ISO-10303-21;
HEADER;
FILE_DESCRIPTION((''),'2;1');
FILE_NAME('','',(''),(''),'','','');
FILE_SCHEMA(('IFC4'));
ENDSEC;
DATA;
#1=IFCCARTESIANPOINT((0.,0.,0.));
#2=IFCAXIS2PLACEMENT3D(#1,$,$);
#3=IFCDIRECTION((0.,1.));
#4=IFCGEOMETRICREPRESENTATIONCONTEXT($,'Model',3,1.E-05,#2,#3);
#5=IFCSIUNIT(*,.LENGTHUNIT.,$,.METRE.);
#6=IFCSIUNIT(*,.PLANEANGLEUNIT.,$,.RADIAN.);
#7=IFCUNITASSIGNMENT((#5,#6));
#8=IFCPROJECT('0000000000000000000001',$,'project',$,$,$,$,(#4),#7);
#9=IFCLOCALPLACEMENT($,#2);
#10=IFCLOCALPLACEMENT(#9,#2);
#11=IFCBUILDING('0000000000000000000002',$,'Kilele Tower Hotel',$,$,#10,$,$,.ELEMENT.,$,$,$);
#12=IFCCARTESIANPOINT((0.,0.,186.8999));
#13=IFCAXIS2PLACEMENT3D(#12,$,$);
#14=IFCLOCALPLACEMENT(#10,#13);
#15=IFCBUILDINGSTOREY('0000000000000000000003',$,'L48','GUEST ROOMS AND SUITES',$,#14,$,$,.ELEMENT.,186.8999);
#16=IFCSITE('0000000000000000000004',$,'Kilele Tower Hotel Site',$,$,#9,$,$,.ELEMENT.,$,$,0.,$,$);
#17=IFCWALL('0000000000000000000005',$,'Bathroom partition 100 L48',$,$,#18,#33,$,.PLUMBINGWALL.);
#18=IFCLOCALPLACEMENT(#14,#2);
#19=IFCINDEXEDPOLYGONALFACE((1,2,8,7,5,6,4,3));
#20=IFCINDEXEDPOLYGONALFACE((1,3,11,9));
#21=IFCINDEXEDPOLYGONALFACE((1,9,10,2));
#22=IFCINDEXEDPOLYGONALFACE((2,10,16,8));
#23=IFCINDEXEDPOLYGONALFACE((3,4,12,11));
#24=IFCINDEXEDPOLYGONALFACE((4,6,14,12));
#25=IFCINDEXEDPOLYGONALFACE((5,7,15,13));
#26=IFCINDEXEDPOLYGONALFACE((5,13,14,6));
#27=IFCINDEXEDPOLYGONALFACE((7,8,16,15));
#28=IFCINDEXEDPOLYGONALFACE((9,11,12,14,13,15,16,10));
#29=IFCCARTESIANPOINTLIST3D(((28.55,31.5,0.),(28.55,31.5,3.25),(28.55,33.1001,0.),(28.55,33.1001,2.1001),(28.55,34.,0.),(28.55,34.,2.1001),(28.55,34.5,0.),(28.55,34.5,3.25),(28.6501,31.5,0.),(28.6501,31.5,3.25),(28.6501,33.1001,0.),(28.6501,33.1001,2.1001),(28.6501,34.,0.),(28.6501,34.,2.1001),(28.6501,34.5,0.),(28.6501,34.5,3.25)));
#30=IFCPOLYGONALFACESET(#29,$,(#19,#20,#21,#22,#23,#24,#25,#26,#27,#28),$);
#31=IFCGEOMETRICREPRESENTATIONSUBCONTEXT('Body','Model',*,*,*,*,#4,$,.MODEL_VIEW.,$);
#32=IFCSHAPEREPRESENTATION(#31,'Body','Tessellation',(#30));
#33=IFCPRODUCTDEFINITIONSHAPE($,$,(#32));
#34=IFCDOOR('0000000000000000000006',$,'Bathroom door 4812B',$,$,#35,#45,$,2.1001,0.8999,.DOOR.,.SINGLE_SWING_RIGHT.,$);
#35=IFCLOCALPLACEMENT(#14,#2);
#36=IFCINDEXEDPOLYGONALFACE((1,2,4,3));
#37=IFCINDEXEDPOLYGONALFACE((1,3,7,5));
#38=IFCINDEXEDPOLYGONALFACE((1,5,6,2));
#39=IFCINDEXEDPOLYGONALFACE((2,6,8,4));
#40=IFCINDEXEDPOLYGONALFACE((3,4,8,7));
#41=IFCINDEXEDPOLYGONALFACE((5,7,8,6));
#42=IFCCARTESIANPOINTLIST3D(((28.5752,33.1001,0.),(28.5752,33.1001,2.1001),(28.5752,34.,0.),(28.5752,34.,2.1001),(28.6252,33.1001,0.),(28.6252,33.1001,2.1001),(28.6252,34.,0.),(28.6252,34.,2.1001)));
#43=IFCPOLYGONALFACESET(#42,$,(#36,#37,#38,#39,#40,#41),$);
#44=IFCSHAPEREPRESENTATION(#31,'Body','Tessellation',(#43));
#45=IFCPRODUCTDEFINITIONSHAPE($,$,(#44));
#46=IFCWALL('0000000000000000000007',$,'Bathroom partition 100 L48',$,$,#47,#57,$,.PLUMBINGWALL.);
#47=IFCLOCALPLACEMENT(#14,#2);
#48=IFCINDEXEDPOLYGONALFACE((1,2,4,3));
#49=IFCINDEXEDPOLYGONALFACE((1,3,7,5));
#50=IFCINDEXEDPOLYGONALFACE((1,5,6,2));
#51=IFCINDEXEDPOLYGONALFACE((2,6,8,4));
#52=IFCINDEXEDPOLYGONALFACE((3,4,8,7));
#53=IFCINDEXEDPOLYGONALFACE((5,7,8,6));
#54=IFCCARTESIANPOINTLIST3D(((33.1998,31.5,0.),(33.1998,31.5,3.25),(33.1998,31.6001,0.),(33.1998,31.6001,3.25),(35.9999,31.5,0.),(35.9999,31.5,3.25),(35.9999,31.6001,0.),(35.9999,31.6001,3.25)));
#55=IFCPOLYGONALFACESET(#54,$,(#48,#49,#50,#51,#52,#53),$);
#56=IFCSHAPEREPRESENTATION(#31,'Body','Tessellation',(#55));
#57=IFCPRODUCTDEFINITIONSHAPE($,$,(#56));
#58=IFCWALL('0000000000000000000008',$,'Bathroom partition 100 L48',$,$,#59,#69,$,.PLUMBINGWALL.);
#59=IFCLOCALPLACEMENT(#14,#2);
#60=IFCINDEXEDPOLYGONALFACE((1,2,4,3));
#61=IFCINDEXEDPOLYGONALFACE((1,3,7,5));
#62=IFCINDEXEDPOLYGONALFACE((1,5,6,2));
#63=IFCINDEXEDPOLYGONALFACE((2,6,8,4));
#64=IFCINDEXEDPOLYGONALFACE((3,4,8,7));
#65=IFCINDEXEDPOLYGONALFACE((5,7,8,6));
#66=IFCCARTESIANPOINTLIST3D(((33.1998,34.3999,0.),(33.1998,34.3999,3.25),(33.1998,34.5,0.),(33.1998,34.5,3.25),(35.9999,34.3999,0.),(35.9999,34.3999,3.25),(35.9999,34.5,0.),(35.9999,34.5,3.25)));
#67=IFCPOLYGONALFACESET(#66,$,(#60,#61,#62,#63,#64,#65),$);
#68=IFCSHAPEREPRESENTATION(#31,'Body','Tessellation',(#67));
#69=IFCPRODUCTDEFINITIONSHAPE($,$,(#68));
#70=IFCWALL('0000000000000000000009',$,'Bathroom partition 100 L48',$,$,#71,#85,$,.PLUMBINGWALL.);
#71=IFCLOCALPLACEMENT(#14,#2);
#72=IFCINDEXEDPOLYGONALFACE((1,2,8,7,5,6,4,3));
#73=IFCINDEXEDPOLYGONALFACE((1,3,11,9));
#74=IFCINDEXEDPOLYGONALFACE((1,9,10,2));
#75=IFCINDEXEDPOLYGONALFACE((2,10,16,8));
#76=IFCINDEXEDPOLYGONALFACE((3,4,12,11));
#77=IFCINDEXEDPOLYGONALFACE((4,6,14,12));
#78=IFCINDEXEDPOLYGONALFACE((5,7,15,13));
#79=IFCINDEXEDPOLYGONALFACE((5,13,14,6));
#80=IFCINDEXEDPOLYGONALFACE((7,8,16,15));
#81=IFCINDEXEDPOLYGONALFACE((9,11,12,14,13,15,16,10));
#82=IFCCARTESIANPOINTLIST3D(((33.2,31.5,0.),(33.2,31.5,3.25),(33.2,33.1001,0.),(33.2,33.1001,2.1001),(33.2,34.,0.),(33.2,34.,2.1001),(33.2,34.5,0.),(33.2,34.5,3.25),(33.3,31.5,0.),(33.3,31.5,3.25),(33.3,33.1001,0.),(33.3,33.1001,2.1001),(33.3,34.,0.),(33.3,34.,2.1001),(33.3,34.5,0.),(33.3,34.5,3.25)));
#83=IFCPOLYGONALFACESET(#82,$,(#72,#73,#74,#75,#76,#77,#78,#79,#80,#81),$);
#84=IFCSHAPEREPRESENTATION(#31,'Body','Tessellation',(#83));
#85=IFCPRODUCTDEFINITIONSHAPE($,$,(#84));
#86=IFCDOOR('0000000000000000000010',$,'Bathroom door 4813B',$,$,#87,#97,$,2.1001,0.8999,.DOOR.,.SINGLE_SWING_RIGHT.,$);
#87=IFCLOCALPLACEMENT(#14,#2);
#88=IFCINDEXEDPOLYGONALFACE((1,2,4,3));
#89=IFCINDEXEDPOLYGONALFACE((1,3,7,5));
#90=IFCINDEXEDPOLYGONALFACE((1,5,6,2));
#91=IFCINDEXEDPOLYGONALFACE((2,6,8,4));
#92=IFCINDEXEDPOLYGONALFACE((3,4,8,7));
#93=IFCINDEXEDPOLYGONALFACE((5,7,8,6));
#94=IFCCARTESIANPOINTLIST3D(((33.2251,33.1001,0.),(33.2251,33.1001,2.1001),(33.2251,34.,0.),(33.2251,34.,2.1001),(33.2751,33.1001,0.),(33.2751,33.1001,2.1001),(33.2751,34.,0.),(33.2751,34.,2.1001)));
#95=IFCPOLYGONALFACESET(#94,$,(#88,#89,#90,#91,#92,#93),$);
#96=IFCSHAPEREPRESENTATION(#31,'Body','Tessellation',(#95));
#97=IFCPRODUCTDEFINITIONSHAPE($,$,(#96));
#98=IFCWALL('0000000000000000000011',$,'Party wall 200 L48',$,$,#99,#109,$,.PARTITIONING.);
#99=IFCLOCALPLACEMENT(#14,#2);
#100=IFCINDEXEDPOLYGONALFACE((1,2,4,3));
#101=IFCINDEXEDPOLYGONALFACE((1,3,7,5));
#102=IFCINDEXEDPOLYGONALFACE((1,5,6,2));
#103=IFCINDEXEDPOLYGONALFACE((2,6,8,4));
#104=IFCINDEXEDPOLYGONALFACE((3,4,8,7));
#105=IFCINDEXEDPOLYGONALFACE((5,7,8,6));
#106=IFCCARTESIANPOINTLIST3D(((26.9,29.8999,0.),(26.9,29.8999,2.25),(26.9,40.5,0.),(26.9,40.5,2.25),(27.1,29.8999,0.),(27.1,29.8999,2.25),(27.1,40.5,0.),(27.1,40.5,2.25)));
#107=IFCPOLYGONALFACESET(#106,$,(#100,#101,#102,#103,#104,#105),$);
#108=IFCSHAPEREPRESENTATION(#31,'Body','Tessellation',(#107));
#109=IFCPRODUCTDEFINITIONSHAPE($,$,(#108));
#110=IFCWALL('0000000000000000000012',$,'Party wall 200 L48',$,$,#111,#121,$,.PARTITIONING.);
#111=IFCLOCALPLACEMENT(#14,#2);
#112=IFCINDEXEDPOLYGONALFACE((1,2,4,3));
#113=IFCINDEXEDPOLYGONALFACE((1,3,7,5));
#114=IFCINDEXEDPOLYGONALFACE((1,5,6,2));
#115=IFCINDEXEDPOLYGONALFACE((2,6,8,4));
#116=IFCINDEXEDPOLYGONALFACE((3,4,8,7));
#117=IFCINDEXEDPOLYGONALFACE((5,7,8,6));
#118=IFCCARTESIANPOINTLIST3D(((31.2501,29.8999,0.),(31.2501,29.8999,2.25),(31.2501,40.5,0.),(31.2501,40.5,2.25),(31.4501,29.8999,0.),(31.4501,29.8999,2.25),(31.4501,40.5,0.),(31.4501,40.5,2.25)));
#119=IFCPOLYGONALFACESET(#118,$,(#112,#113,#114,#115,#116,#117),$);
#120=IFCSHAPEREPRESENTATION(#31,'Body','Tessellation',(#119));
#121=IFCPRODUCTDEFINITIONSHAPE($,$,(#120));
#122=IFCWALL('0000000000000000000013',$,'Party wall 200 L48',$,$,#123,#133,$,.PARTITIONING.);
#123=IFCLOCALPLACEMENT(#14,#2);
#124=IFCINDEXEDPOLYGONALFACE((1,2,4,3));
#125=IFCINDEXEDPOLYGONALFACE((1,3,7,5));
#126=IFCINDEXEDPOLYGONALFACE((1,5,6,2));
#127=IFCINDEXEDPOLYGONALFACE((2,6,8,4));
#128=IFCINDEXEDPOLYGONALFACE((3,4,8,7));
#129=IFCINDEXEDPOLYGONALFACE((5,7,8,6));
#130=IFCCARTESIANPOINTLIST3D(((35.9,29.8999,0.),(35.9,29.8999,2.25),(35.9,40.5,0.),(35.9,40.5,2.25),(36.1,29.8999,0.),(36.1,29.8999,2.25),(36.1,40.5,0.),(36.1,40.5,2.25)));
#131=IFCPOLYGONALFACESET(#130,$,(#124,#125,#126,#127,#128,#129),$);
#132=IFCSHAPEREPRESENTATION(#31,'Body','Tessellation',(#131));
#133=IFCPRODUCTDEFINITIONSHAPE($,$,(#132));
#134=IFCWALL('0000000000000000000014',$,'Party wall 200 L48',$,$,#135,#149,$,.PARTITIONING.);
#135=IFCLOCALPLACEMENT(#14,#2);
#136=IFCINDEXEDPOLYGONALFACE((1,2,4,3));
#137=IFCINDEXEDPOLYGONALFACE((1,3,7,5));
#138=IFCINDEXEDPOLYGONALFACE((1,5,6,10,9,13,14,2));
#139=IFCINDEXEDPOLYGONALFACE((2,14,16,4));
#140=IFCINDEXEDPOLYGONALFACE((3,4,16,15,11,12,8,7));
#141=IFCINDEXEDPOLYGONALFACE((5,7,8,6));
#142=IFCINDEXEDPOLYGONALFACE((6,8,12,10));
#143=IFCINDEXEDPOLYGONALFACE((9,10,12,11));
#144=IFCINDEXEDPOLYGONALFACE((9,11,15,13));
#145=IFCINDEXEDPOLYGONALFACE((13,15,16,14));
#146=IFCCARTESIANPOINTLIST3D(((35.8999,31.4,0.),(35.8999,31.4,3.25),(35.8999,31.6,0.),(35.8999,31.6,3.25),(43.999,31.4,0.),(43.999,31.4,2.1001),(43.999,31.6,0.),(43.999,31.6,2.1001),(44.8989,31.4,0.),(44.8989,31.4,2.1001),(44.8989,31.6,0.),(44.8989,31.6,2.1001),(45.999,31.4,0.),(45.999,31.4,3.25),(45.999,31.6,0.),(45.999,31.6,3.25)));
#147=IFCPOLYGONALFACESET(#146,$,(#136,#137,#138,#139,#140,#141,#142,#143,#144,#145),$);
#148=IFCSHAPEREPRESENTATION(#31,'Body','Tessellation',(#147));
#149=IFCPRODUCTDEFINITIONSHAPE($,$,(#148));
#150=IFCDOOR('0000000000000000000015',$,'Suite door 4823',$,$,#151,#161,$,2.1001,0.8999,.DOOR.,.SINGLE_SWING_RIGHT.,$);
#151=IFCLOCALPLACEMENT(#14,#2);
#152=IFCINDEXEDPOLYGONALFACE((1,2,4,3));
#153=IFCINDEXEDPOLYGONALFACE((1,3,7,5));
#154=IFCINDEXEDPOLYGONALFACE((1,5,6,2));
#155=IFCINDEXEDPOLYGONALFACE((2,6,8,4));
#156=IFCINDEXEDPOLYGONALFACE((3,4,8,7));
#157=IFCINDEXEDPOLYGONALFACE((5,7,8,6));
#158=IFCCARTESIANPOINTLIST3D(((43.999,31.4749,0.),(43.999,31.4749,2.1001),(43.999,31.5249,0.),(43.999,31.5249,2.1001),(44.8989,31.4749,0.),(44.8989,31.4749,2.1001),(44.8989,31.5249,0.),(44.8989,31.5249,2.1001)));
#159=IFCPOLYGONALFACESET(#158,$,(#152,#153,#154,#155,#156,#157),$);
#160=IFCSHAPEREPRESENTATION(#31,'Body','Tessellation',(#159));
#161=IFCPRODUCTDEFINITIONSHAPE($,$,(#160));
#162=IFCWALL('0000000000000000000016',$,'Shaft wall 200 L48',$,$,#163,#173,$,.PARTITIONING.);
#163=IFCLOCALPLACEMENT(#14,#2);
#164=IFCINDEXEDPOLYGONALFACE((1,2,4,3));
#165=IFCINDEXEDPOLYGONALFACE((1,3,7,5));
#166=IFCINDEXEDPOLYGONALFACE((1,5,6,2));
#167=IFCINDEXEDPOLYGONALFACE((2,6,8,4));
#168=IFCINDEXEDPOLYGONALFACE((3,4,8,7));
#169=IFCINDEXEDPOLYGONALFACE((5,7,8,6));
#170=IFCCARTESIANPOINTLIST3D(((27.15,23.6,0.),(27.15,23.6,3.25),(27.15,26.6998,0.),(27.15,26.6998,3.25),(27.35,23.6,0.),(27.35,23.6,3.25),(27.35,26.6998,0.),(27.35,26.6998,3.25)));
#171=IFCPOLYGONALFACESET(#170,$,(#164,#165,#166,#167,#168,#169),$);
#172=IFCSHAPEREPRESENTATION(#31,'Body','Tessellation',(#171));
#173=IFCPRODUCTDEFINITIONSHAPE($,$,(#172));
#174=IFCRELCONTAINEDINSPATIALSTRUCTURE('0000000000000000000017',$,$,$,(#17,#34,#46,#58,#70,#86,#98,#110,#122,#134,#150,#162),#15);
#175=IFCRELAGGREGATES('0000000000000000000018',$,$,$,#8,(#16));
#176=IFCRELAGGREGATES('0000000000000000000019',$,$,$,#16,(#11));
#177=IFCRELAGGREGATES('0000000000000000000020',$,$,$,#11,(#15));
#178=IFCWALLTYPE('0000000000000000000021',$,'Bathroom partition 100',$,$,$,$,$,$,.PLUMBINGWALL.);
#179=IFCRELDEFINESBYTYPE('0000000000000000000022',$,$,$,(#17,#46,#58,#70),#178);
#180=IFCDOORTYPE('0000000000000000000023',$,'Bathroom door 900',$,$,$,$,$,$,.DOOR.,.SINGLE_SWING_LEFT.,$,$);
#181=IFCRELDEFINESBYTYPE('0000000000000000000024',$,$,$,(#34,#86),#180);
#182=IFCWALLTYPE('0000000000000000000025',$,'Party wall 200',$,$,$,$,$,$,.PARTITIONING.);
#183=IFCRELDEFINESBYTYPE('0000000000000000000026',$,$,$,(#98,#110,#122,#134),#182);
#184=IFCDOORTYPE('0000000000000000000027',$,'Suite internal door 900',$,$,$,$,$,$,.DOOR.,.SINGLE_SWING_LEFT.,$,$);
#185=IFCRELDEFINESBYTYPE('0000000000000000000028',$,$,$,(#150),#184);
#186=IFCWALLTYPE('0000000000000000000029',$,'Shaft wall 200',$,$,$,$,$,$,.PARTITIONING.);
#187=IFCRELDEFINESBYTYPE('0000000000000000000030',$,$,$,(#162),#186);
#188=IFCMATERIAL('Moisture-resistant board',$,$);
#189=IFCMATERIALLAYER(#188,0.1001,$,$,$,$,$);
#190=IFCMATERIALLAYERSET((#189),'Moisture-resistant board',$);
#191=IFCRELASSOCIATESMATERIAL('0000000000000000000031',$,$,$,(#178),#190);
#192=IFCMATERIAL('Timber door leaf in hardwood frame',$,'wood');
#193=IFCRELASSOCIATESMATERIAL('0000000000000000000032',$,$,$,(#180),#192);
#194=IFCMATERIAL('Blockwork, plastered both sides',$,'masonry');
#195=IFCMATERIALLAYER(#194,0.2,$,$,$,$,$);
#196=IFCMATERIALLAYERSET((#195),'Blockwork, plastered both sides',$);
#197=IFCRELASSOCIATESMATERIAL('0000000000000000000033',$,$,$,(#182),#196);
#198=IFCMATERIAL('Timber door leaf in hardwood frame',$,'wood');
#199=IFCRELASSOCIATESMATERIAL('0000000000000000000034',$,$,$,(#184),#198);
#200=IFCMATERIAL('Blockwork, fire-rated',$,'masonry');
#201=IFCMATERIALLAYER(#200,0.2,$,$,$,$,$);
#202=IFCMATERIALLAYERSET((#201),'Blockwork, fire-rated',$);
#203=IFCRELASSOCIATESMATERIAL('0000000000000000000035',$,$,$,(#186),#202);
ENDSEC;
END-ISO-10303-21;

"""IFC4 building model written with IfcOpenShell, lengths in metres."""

from ifc_helpers import new_model, si_unit, direction, frame, frame_2d, origin, place, context, subcontext, project, spatial, rectangle, extrude, material, layer, layer_set, type_object, element, fill, save


model = new_model("IFC4")

# Units and contexts
model_context = context("Model", 3, precision=1e-05, world=origin(), true_north=direction((0.0, 1.0)))
body_context = subcontext(model_context, "Body", "Model", "MODEL_VIEW")
ifc_project = project(units=[si_unit("LENGTHUNIT", "METRE"), si_unit("PLANEANGLEUNIT", "RADIAN")], contexts=[model_context])

# Site, building, storey
site_placement = place(None, origin())
site = spatial("IfcSite", under=ifc_project, at=site_placement, Name="Kilele Tower Hotel Site", CompositionType="ELEMENT", RefElevation=0.0)
building_placement = place(site_placement, origin())
building = spatial("IfcBuilding", under=site, at=building_placement, Name="Kilele Tower Hotel", CompositionType="ELEMENT")
storey_placement = place(building_placement, frame((0.0, 0.0, 186.8999)))
storey = spatial("IfcBuildingStorey", under=building, at=storey_placement, Name="L48", Description="GUEST ROOMS AND SUITES", CompositionType="ELEMENT", Elevation=186.8999)

# Shared definitions
ifc_material_1 = material(Name="Moisture-resistant board")
ifc_layer_1 = layer(ifc_material_1, 0.1001)
ifc_layer_set_1 = layer_set([ifc_layer_1], Name="Moisture-resistant board")
wall_type_1 = type_object("IfcWallType", Name="Bathroom partition 100", PredefinedType="PLUMBINGWALL", material=ifc_layer_set_1)

# Shared definitions
ifc_material_2 = material(Name="Timber door leaf in hardwood frame", Category="wood")
door_type_1 = type_object("IfcDoorType", Name="Bathroom door 900", OperationType="SINGLE_SWING_LEFT", PredefinedType="DOOR", material=ifc_material_2)

# Wall, opening, door
wall_1_placement = place(storey_placement, frame((28.6001, 31.5, 0.0), z_axis=(0.0, 0.0, 1.0), x_axis=(0.0, 1.0, 0.0)))
wall_1 = element("IfcWall", 1, at=wall_1_placement, inside=storey, type_object=wall_type_1, Name="Bathroom partition 100 L48", PredefinedType="PLUMBINGWALL", context=body_context, shape_type="SweptSolid", body=[
    extrude(rectangle(XDim=3.0, YDim=0.1001, at=frame_2d((1.5, 0.0))), origin(), (0.0, 0.0, 1.0), 3.25),
])
opening_1_placement = place(wall_1_placement, frame((1.6001, 0.0, 0.0)))
opening_1 = element("IfcOpeningElement", 2, at=opening_1_placement, cuts=wall_1, PredefinedType="OPENING", context=body_context, shape_type="SweptSolid", body=[
    extrude(rectangle(XDim=0.8999, YDim=2.1001, at=frame_2d((0.45, 1.05))), frame((0.0, 0.0601, 0.0), z_axis=(0.0, -1.0, 0.0), x_axis=(1.0, 0.0, 0.0)), (0.0, 0.0, 1.0), 0.1201),
])
door_1_placement = place(opening_1_placement, origin())
door_1 = element("IfcDoor", 3, at=door_1_placement, inside=storey, type_object=door_type_1, Name="Bathroom door 4812B", OperationType="SINGLE_SWING_RIGHT", OverallHeight=2.1001, OverallWidth=0.8999, PredefinedType="DOOR", context=body_context, shape_type="SweptSolid", body=[
    extrude(rectangle(XDim=0.8999, YDim=2.1001, at=frame_2d((0.45, 1.05))), frame((0.0, 0.0249, 0.0), z_axis=(0.0, -1.0, 0.0), x_axis=(1.0, 0.0, 0.0)), (0.0, 0.0, 1.0), 0.05),
])
fill(opening_1, door_1)

# Walls
for number, where, z_axis, x_axis, name in (
    (4, (33.2, 31.55, 0.0), (0.0, 0.0, 1.0), (1.0, 0.0, 0.0), "Bathroom partition 100 L48"),
    (5, (33.2, 34.45, 0.0), (0.0, 0.0, 1.0), (1.0, 0.0, 0.0), "Bathroom partition 100 L48"),
):
    element("IfcWall", number, at=place(storey_placement, frame(where, z_axis=z_axis, x_axis=x_axis)), inside=storey, type_object=wall_type_1, Name=name, PredefinedType="PLUMBINGWALL", context=body_context, shape_type="SweptSolid", body=[
        extrude(rectangle(XDim=2.8, YDim=0.1001, at=frame_2d((1.3999, 0.0))), origin(), (0.0, 0.0, 1.0), 3.25),
    ])

# Wall, opening, door
wall_2_placement = place(storey_placement, frame((33.25, 31.5, 0.0), z_axis=(0.0, 0.0, 1.0), x_axis=(0.0, 1.0, 0.0)))
wall_2 = element("IfcWall", 6, at=wall_2_placement, inside=storey, type_object=wall_type_1, Name="Bathroom partition 100 L48", PredefinedType="PLUMBINGWALL", context=body_context, shape_type="SweptSolid", body=[
    extrude(rectangle(XDim=3.0, YDim=0.1001, at=frame_2d((1.5, 0.0))), origin(), (0.0, 0.0, 1.0), 3.25),
])
opening_2_placement = place(wall_2_placement, frame((1.6001, 0.0, 0.0)))
opening_2 = element("IfcOpeningElement", 7, at=opening_2_placement, cuts=wall_2, PredefinedType="OPENING", context=body_context, shape_type="SweptSolid", body=[
    extrude(rectangle(XDim=0.8999, YDim=2.1001, at=frame_2d((0.45, 1.05))), frame((0.0, 0.0601, 0.0), z_axis=(0.0, -1.0, 0.0), x_axis=(1.0, 0.0, 0.0)), (0.0, 0.0, 1.0), 0.1201),
])
door_2_placement = place(opening_2_placement, origin())
door_2 = element("IfcDoor", 8, at=door_2_placement, inside=storey, type_object=door_type_1, Name="Bathroom door 4813B", OperationType="SINGLE_SWING_RIGHT", OverallHeight=2.1001, OverallWidth=0.8999, PredefinedType="DOOR", context=body_context, shape_type="SweptSolid", body=[
    extrude(rectangle(XDim=0.8999, YDim=2.1001, at=frame_2d((0.45, 1.05))), frame((0.0, 0.0249, 0.0), z_axis=(0.0, -1.0, 0.0), x_axis=(1.0, 0.0, 0.0)), (0.0, 0.0, 1.0), 0.05),
])
fill(opening_2, door_2)

# Walls
ifc_material_3 = material(Name="Blockwork, plastered both sides", Category="masonry")
ifc_layer_2 = layer(ifc_material_3, 0.2)
ifc_layer_set_2 = layer_set([ifc_layer_2], Name="Blockwork, plastered both sides")
wall_type_2 = type_object("IfcWallType", Name="Party wall 200", PredefinedType="PARTITIONING", material=ifc_layer_set_2)
for number, where, z_axis, x_axis, name in (
    (9, (27.0, 29.8999, 0.0), (0.0, 0.0, 1.0), (0.0, 1.0, 0.0), "Party wall 200 L48"),
    (10, (31.3501, 29.8999, 0.0), (0.0, 0.0, 1.0), (0.0, 1.0, 0.0), "Party wall 200 L48"),
    (11, (36.0, 29.8999, 0.0), (0.0, 0.0, 1.0), (0.0, 1.0, 0.0), "Party wall 200 L48"),
):
    element("IfcWall", number, at=place(storey_placement, frame(where, z_axis=z_axis, x_axis=x_axis)), inside=storey, type_object=wall_type_2, Name=name, PredefinedType="PARTITIONING", context=body_context, shape_type="SweptSolid", body=[
        extrude(rectangle(XDim=10.6001, YDim=0.2, at=frame_2d((5.3, 0.0))), origin(), (0.0, 0.0, 1.0), 2.25),
    ])

# Wall, opening, door
wall_3_placement = place(storey_placement, frame((35.8999, 31.5, 0.0), z_axis=(0.0, 0.0, 1.0), x_axis=(1.0, 0.0, 0.0)))
wall_3 = element("IfcWall", 12, at=wall_3_placement, inside=storey, type_object=wall_type_2, Name="Party wall 200 L48", PredefinedType="PARTITIONING", context=body_context, shape_type="SweptSolid", body=[
    extrude(rectangle(XDim=10.0991, YDim=0.2, at=frame_2d((5.0496, 0.0))), origin(), (0.0, 0.0, 1.0), 3.25),
])
opening_3_placement = place(wall_3_placement, frame((8.0991, 0.0, 0.0)))
opening_3 = element("IfcOpeningElement", 13, at=opening_3_placement, cuts=wall_3, PredefinedType="OPENING", context=body_context, shape_type="SweptSolid", body=[
    extrude(rectangle(XDim=0.8999, YDim=2.1001, at=frame_2d((0.45, 1.05))), frame((0.0, 0.1099, 0.0), z_axis=(0.0, -1.0, 0.0), x_axis=(1.0, 0.0, 0.0)), (0.0, 0.0, 1.0), 0.22),
])
ifc_material_4 = material(Name="Timber door leaf in hardwood frame", Category="wood")
door_type_2 = type_object("IfcDoorType", Name="Suite internal door 900", OperationType="SINGLE_SWING_LEFT", PredefinedType="DOOR", material=ifc_material_4)
door_3_placement = place(opening_3_placement, origin())
door_3 = element("IfcDoor", 14, at=door_3_placement, inside=storey, type_object=door_type_2, Name="Suite door 4823", OperationType="SINGLE_SWING_RIGHT", OverallHeight=2.1001, OverallWidth=0.8999, PredefinedType="DOOR", context=body_context, shape_type="SweptSolid", body=[
    extrude(rectangle(XDim=0.8999, YDim=2.1001, at=frame_2d((0.45, 1.05))), frame((0.0, 0.0249, 0.0), z_axis=(0.0, -1.0, 0.0), x_axis=(1.0, 0.0, 0.0)), (0.0, 0.0, 1.0), 0.05),
])
fill(opening_3, door_3)

# Wall
ifc_material_5 = material(Name="Blockwork, fire-rated", Category="masonry")
ifc_layer_3 = layer(ifc_material_5, 0.2)
ifc_layer_set_3 = layer_set([ifc_layer_3], Name="Blockwork, fire-rated")
wall_type_3 = type_object("IfcWallType", Name="Shaft wall 200", PredefinedType="PARTITIONING", material=ifc_layer_set_3)
wall_4_placement = place(storey_placement, frame((27.25, 23.6001, 0.0), z_axis=(0.0, 0.0, 1.0), x_axis=(0.0, 1.0, 0.0)))
element("IfcWall", 15, at=wall_4_placement, inside=storey, type_object=wall_type_3, Name="Shaft wall 200 L48", PredefinedType="PARTITIONING", context=body_context, shape_type="SweptSolid", body=[
    extrude(rectangle(XDim=3.0999, YDim=0.2, at=frame_2d((1.5498, 0.0))), origin(), (0.0, 0.0, 1.0), 3.25),
])

save(model, "model.ifc")
